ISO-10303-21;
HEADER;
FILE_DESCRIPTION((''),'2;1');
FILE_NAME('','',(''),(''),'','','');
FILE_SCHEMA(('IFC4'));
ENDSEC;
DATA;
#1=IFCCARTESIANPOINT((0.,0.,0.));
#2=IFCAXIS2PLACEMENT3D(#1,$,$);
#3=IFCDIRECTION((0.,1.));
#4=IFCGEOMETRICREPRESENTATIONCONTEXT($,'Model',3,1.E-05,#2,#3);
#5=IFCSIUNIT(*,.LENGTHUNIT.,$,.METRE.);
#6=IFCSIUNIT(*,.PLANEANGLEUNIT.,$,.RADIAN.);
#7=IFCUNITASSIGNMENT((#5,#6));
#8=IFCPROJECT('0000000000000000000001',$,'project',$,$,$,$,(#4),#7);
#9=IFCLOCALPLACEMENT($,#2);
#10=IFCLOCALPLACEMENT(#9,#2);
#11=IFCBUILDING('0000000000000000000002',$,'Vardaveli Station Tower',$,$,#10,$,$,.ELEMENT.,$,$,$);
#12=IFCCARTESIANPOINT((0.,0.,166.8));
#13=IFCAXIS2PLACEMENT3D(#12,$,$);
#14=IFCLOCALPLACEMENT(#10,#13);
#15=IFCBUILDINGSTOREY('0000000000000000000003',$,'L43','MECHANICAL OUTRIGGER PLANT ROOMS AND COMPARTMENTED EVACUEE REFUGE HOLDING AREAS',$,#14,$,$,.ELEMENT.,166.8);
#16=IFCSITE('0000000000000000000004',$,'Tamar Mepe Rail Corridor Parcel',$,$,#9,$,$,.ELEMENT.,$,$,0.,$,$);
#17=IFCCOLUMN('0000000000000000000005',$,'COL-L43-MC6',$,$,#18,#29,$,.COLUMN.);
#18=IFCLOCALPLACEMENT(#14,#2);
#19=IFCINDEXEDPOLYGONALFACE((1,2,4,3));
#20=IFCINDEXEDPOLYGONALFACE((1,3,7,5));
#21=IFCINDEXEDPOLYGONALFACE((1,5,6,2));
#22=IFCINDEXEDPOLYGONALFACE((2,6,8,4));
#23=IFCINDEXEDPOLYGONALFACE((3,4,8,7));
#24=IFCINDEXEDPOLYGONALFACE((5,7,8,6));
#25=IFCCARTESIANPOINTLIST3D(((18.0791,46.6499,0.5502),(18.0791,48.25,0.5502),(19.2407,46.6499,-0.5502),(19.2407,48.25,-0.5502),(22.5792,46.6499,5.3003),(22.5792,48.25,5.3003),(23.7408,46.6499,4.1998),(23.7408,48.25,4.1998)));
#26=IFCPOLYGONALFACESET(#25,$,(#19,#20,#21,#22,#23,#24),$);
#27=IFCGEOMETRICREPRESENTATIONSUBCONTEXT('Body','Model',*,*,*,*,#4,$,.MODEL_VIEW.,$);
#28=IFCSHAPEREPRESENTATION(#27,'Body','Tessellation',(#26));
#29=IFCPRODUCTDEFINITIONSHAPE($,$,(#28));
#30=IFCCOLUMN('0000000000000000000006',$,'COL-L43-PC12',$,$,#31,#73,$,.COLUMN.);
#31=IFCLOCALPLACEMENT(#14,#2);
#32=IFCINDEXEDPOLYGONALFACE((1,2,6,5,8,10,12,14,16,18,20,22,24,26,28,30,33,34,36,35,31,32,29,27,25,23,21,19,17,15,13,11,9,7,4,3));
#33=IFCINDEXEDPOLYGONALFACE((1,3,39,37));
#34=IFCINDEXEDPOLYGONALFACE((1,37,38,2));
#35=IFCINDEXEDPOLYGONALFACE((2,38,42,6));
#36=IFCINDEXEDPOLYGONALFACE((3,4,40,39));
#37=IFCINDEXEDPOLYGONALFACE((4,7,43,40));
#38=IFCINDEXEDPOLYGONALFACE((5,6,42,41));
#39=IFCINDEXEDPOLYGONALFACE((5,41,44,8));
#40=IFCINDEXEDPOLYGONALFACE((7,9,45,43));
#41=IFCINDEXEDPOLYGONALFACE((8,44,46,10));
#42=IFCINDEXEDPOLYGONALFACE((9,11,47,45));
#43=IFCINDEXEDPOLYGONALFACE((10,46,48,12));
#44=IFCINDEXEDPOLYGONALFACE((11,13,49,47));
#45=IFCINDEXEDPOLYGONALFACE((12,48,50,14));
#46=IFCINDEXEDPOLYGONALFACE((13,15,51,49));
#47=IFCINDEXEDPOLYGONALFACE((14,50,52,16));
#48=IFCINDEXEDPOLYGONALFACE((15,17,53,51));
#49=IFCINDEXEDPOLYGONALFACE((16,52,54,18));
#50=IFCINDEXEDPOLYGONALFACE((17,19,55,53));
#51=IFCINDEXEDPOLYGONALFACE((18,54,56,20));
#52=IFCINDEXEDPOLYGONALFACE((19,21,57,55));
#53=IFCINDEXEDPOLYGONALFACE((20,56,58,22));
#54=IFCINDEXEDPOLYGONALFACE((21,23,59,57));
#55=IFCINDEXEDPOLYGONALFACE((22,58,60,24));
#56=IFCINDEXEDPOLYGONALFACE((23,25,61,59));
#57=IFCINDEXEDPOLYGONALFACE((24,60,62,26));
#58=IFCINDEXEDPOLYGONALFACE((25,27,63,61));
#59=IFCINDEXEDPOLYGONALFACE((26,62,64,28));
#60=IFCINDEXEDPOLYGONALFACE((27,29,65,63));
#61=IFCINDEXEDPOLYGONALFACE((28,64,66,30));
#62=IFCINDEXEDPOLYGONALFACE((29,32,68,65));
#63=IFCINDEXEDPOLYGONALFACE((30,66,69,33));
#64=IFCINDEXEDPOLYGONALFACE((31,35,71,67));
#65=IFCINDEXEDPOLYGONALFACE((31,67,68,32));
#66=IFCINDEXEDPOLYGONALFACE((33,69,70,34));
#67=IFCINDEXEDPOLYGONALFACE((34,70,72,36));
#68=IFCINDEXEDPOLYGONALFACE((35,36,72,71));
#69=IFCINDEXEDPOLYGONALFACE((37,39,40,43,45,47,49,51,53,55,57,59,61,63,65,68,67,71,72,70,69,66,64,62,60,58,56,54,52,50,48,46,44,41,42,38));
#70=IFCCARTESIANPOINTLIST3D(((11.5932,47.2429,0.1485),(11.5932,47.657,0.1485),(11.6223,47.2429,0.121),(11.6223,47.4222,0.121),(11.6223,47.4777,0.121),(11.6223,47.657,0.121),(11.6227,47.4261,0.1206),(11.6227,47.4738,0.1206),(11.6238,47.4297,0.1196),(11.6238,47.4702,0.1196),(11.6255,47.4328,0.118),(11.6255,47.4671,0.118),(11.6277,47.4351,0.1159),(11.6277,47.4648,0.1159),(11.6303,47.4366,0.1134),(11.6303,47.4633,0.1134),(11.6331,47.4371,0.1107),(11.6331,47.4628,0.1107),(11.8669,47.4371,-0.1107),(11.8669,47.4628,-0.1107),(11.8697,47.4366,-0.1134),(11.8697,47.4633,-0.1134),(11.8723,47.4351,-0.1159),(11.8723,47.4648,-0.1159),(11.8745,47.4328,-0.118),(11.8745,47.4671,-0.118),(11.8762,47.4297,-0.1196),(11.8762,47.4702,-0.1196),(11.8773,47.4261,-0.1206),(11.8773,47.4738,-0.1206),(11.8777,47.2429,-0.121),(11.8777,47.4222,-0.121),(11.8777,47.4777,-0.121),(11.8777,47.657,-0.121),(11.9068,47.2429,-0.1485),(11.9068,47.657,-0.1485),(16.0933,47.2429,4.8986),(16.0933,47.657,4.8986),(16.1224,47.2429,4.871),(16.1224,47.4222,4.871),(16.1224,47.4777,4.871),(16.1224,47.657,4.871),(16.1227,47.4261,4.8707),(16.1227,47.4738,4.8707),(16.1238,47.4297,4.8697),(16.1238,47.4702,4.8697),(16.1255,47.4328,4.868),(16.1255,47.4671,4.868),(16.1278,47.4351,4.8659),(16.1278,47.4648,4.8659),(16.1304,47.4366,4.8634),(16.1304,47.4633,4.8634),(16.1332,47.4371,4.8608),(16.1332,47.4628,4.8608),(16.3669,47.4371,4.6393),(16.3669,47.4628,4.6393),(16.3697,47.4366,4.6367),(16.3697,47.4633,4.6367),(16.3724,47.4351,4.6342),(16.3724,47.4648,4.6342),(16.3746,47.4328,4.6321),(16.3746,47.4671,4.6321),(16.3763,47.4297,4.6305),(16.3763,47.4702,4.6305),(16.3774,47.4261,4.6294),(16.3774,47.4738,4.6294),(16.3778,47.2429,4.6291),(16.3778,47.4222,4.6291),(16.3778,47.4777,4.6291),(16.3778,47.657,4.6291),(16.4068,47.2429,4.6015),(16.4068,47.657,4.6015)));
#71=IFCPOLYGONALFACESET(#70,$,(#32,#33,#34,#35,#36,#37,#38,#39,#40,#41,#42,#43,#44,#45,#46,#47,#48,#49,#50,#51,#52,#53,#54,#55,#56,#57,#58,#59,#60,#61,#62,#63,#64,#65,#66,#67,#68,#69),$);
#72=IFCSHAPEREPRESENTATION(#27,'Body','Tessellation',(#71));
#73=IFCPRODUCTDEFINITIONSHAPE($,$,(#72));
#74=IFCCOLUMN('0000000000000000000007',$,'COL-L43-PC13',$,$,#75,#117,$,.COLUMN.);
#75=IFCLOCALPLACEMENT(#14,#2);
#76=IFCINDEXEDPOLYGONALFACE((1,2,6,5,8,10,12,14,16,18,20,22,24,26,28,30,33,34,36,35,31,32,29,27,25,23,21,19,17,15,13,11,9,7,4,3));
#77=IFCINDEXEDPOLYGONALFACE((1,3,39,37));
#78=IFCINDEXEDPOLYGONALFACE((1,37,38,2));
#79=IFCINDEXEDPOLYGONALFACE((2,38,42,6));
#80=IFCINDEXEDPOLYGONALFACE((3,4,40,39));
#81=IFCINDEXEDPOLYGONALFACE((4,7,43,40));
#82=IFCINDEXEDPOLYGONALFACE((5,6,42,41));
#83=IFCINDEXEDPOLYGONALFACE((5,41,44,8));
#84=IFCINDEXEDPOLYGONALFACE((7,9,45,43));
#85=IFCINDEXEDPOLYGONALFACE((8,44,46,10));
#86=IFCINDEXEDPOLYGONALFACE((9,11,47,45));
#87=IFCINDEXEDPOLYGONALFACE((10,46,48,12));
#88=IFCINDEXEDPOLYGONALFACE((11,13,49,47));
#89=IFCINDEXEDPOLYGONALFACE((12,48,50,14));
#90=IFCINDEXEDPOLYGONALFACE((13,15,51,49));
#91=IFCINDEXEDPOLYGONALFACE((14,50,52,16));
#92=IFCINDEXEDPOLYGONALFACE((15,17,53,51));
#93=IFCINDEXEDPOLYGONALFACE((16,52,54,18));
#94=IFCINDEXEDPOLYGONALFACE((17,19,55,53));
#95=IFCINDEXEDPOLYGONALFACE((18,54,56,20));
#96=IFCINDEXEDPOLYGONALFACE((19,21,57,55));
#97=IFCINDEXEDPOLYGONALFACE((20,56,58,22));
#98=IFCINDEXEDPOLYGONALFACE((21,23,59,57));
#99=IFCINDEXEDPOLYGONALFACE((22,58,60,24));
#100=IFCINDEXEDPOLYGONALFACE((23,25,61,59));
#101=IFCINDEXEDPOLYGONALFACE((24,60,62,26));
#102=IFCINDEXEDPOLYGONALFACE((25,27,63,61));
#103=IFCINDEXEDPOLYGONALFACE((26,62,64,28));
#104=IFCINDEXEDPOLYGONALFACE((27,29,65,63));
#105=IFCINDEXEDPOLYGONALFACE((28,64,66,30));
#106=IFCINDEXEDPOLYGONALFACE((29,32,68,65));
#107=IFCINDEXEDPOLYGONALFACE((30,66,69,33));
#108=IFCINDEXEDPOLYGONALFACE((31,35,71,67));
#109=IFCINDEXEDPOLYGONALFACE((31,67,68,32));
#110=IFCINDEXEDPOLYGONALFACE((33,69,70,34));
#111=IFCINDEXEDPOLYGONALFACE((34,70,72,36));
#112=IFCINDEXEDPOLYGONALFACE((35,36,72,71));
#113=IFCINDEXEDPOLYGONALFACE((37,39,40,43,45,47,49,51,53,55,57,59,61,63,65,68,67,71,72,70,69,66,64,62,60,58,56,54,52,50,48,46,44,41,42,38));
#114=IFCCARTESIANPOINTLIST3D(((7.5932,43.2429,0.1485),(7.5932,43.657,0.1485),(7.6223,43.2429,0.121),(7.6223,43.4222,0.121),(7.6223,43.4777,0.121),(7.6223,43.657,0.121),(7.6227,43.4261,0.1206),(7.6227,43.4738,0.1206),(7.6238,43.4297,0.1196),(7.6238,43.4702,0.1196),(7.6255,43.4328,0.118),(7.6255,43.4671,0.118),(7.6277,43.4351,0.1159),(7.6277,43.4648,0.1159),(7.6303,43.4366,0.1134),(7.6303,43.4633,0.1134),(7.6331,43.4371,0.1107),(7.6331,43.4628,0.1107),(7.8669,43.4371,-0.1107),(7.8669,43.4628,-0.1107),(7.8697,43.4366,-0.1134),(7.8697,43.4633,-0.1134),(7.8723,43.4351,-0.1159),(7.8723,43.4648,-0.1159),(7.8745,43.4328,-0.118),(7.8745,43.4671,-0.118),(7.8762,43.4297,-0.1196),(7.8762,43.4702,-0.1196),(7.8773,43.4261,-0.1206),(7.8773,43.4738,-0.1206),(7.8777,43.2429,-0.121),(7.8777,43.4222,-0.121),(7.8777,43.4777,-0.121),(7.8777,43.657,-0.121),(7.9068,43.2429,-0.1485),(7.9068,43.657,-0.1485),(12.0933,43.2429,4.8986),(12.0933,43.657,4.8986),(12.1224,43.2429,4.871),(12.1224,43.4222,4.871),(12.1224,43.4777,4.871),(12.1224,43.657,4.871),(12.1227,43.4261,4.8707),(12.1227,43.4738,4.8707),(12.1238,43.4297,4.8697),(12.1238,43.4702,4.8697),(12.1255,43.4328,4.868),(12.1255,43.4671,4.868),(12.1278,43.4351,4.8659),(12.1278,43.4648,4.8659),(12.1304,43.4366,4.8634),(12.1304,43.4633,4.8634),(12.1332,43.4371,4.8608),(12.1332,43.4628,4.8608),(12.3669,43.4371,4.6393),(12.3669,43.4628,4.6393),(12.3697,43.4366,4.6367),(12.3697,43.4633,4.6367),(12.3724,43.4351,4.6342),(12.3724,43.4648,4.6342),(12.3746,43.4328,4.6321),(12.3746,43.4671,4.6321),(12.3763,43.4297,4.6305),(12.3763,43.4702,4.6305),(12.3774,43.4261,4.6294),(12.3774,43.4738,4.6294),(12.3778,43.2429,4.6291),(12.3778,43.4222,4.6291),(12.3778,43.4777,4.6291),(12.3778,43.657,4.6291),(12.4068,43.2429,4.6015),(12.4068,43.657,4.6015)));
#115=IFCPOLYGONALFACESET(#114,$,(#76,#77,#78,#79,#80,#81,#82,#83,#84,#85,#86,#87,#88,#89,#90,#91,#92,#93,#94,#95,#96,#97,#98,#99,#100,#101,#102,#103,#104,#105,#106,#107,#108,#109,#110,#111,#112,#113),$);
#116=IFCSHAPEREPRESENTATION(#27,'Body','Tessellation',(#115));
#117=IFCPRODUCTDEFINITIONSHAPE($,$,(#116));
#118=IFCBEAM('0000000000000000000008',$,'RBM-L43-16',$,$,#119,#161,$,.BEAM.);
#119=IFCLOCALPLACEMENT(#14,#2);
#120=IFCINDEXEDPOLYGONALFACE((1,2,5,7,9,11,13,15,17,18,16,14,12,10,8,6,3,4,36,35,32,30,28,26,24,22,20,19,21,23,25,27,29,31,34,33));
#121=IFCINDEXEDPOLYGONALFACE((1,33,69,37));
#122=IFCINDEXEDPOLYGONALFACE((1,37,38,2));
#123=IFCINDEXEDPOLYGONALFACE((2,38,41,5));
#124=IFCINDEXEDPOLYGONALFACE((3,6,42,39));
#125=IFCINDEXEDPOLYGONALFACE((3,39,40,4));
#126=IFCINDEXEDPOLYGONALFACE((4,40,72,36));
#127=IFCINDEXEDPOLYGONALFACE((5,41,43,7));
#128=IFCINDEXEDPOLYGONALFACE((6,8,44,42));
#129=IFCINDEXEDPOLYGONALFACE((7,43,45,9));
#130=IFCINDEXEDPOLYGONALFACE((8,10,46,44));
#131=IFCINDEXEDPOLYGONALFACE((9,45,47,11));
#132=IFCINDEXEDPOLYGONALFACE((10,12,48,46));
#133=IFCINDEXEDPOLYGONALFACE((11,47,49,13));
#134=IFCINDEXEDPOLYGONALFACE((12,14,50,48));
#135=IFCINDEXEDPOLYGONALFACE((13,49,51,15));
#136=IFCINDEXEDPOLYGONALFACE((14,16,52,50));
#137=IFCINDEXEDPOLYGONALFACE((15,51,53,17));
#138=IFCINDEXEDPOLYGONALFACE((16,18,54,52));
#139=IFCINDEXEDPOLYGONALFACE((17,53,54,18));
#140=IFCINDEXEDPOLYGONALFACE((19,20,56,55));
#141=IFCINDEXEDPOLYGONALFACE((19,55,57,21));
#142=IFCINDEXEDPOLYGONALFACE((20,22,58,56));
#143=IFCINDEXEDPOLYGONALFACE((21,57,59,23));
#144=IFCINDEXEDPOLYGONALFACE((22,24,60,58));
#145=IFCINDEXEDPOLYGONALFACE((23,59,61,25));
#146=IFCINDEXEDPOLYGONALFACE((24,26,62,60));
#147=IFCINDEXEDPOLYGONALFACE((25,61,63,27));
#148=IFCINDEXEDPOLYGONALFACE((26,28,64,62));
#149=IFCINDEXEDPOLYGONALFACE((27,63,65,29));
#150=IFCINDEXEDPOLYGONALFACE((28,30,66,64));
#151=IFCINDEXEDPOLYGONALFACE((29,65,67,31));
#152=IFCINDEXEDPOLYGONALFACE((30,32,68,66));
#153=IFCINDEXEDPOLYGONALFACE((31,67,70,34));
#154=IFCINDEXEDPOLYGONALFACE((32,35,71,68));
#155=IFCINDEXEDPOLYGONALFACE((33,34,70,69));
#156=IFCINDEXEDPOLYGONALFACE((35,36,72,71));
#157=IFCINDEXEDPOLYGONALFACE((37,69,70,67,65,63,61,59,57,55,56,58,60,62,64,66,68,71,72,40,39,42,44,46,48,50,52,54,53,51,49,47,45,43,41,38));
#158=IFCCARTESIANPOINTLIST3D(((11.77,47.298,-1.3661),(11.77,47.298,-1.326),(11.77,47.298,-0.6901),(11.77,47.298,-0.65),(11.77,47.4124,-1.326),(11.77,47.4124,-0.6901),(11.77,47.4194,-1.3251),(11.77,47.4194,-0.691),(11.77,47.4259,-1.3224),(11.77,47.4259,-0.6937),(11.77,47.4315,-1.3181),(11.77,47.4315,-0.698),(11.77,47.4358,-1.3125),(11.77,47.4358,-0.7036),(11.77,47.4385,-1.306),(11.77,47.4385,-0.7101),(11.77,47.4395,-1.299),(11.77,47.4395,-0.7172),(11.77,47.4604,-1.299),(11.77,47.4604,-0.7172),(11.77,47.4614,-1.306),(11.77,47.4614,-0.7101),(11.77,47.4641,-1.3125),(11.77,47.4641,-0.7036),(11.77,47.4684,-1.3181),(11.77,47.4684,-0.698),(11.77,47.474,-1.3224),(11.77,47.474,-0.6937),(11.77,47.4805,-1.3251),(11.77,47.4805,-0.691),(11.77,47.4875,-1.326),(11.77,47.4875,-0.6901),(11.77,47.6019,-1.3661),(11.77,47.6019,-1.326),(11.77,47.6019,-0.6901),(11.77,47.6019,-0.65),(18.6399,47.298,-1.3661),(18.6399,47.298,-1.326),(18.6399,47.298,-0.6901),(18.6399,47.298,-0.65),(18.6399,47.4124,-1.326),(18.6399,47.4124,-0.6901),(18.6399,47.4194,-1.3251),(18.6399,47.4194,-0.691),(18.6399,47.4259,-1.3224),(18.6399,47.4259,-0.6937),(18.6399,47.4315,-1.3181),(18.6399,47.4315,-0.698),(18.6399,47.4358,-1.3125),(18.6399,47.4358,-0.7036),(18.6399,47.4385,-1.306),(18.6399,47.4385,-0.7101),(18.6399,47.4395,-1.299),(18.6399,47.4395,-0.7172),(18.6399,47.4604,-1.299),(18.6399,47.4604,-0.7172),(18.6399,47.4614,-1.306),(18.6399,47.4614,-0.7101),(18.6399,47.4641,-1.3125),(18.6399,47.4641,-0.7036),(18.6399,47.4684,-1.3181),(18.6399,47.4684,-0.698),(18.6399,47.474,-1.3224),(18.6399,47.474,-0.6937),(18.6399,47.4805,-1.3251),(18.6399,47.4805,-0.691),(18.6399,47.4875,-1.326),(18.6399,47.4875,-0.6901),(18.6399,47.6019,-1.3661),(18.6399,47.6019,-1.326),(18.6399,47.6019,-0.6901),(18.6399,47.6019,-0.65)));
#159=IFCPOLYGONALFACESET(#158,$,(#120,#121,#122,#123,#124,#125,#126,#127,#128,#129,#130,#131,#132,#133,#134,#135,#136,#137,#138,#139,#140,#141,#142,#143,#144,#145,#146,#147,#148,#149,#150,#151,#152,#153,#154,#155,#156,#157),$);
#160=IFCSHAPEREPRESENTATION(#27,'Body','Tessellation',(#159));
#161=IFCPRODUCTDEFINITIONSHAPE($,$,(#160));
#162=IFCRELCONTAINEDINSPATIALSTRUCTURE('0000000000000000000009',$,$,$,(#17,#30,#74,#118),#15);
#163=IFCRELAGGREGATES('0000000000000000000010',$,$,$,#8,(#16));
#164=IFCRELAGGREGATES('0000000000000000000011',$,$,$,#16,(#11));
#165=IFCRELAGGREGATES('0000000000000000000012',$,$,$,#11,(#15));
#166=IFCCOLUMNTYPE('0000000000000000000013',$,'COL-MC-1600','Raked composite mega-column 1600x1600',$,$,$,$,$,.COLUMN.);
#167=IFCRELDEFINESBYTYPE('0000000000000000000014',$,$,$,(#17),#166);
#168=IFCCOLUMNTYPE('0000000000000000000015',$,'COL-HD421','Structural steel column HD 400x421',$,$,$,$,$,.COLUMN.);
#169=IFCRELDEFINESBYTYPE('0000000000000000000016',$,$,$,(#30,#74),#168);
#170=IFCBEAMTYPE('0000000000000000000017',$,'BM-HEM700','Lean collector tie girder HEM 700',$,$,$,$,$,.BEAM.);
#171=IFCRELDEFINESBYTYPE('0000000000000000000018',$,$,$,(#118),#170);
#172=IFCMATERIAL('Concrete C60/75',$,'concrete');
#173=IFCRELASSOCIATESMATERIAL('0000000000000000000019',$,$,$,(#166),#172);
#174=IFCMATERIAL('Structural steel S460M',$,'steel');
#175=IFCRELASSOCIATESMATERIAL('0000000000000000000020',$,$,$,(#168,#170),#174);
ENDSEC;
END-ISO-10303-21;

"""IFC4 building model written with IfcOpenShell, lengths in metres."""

from ifc_helpers import new_model, si_unit, direction, frame, origin, origin_2d, place, context, subcontext, project, spatial, rectangle, i_section, extrude, source, transform, mapped, material, material_profile, profile_set, type_object, element, save


model = new_model("IFC4")

# Units and contexts
model_context = context("Model", 3, precision=1e-05, world=origin(), true_north=direction((0.0, 1.0)))
body_context = subcontext(model_context, "Body", "Model", "MODEL_VIEW")
ifc_project = project(units=[si_unit("LENGTHUNIT", "METRE"), si_unit("PLANEANGLEUNIT", "RADIAN")], contexts=[model_context])

# Site, building, storey
site_placement = place(None, origin())
site = spatial("IfcSite", under=ifc_project, at=site_placement, Name="Tamar Mepe Rail Corridor Parcel", CompositionType="ELEMENT", RefElevation=0.0)
building_placement = place(site_placement, origin())
building = spatial("IfcBuilding", under=site, at=building_placement, Name="Vardaveli Station Tower", CompositionType="ELEMENT")
storey_placement = place(building_placement, frame((0.0, 0.0, 166.8)))
storey = spatial("IfcBuildingStorey", under=building, at=storey_placement, Name="L43", Description="MECHANICAL OUTRIGGER PLANT ROOMS AND COMPARTMENTED EVACUEE REFUGE HOLDING AREAS", CompositionType="ELEMENT", Elevation=166.8)

# Columns
ifc_material_1 = material(Name="Concrete C60/75", Category="concrete")
ifc_material_profile_1 = material_profile(ifc_material_1, rectangle(XDim=1.6001, YDim=1.6001, at=origin_2d()), Name="MC 1600x1600")
ifc_profile_set_1 = profile_set([ifc_material_profile_1], Name="Concrete C60/75")
column_type_1 = type_object("IfcColumnType", Name="COL-MC-1600", Description="Raked composite mega-column 1600x1600", PredefinedType="COLUMN", material=ifc_profile_set_1)
shared_shape_1 = source(origin(), body_context, "Body", "SweptSolid", [
    extrude(rectangle(XDim=1.6001, YDim=1.6001, at=origin_2d()), origin(), (0.0, 0.0, 1.0), 6.5432),
])
column_placement = place(storey_placement, frame((18.6599, 47.45, 0.0), z_axis=(0.687745, 0.0, 0.725953), x_axis=(0.0, 1.0, 0.0)))
element("IfcColumn", 1, at=column_placement, inside=storey, type_object=column_type_1, Name="COL-L43-MC6", PredefinedType="COLUMN", context=body_context, shape_type="MappedRepresentation", body=[
    mapped(shared_shape_1, transform((0.0, 0.0, 0.0), scale=1.0)),
])
ifc_material_2 = material(Name="Structural steel S460M", Category="steel")
ifc_material_profile_2 = material_profile(ifc_material_2, i_section(OverallWidth=0.4141, OverallDepth=0.4319, WebThickness=0.0256, FlangeThickness=0.04, FilletRadius=0.0149, at=origin_2d()), Name="HD 400x421")
ifc_profile_set_2 = profile_set([ifc_material_profile_2], Name="Structural steel S460M")
column_type_2 = type_object("IfcColumnType", Name="COL-HD421", Description="Structural steel column HD 400x421", PredefinedType="COLUMN", material=ifc_profile_set_2)
shared_shape_2 = source(origin(), body_context, "Body", "SweptSolid", [
    extrude(i_section(OverallWidth=0.4141, OverallDepth=0.4319, WebThickness=0.0256, FlangeThickness=0.04, FilletRadius=0.0149, at=origin_2d()), origin(), (0.0, 0.0, 1.0), 6.5432),
])
for number, where, z_axis, x_axis, name in (
    (2, (11.75, 47.45, 0.0), (0.687745, 0.0, 0.725953), (0.0, 1.0, 0.0), "COL-L43-PC12"),
    (3, (7.75, 43.45, 0.0), (0.687745, 0.0, 0.725953), (0.0, 1.0, 0.0), "COL-L43-PC13"),
):
    element("IfcColumn", number, at=place(storey_placement, frame(where, z_axis=z_axis, x_axis=x_axis)), inside=storey, type_object=column_type_2, Name=name, PredefinedType="COLUMN", context=body_context, shape_type="MappedRepresentation", body=[
        mapped(shared_shape_2, transform((0.0, 0.0, 0.0), scale=1.0)),
    ])

# Beam
ifc_material_profile_3 = material_profile(ifc_material_2, i_section(OverallWidth=0.304, OverallDepth=0.7161, WebThickness=0.021, FlangeThickness=0.04, FilletRadius=0.0271, at=origin_2d()), Name="HEM 700")
ifc_profile_set_3 = profile_set([ifc_material_profile_3], Name="Structural steel S460M")
beam_type = type_object("IfcBeamType", Name="BM-HEM700", Description="Lean collector tie girder HEM 700", PredefinedType="BEAM", material=ifc_profile_set_3)
shared_shape_3 = source(origin(), body_context, "Body", "SweptSolid", [
    extrude(i_section(OverallWidth=0.304, OverallDepth=0.7161, WebThickness=0.021, FlangeThickness=0.04, FilletRadius=0.0271, at=origin_2d()), origin(), (0.0, 0.0, 1.0), 6.8699),
])
beam_1_placement = place(storey_placement, frame((18.6399, 47.45, -1.0081), z_axis=(-1.0, 0.0, 0.0), x_axis=(0.0, -1.0, 0.0)))
element("IfcBeam", 4, at=beam_1_placement, inside=storey, type_object=beam_type, Name="RBM-L43-16", PredefinedType="BEAM", context=body_context, shape_type="MappedRepresentation", body=[
    mapped(shared_shape_3, transform((0.0, 0.0, 0.0), scale=1.0)),
])

save(model, "model.ifc")
